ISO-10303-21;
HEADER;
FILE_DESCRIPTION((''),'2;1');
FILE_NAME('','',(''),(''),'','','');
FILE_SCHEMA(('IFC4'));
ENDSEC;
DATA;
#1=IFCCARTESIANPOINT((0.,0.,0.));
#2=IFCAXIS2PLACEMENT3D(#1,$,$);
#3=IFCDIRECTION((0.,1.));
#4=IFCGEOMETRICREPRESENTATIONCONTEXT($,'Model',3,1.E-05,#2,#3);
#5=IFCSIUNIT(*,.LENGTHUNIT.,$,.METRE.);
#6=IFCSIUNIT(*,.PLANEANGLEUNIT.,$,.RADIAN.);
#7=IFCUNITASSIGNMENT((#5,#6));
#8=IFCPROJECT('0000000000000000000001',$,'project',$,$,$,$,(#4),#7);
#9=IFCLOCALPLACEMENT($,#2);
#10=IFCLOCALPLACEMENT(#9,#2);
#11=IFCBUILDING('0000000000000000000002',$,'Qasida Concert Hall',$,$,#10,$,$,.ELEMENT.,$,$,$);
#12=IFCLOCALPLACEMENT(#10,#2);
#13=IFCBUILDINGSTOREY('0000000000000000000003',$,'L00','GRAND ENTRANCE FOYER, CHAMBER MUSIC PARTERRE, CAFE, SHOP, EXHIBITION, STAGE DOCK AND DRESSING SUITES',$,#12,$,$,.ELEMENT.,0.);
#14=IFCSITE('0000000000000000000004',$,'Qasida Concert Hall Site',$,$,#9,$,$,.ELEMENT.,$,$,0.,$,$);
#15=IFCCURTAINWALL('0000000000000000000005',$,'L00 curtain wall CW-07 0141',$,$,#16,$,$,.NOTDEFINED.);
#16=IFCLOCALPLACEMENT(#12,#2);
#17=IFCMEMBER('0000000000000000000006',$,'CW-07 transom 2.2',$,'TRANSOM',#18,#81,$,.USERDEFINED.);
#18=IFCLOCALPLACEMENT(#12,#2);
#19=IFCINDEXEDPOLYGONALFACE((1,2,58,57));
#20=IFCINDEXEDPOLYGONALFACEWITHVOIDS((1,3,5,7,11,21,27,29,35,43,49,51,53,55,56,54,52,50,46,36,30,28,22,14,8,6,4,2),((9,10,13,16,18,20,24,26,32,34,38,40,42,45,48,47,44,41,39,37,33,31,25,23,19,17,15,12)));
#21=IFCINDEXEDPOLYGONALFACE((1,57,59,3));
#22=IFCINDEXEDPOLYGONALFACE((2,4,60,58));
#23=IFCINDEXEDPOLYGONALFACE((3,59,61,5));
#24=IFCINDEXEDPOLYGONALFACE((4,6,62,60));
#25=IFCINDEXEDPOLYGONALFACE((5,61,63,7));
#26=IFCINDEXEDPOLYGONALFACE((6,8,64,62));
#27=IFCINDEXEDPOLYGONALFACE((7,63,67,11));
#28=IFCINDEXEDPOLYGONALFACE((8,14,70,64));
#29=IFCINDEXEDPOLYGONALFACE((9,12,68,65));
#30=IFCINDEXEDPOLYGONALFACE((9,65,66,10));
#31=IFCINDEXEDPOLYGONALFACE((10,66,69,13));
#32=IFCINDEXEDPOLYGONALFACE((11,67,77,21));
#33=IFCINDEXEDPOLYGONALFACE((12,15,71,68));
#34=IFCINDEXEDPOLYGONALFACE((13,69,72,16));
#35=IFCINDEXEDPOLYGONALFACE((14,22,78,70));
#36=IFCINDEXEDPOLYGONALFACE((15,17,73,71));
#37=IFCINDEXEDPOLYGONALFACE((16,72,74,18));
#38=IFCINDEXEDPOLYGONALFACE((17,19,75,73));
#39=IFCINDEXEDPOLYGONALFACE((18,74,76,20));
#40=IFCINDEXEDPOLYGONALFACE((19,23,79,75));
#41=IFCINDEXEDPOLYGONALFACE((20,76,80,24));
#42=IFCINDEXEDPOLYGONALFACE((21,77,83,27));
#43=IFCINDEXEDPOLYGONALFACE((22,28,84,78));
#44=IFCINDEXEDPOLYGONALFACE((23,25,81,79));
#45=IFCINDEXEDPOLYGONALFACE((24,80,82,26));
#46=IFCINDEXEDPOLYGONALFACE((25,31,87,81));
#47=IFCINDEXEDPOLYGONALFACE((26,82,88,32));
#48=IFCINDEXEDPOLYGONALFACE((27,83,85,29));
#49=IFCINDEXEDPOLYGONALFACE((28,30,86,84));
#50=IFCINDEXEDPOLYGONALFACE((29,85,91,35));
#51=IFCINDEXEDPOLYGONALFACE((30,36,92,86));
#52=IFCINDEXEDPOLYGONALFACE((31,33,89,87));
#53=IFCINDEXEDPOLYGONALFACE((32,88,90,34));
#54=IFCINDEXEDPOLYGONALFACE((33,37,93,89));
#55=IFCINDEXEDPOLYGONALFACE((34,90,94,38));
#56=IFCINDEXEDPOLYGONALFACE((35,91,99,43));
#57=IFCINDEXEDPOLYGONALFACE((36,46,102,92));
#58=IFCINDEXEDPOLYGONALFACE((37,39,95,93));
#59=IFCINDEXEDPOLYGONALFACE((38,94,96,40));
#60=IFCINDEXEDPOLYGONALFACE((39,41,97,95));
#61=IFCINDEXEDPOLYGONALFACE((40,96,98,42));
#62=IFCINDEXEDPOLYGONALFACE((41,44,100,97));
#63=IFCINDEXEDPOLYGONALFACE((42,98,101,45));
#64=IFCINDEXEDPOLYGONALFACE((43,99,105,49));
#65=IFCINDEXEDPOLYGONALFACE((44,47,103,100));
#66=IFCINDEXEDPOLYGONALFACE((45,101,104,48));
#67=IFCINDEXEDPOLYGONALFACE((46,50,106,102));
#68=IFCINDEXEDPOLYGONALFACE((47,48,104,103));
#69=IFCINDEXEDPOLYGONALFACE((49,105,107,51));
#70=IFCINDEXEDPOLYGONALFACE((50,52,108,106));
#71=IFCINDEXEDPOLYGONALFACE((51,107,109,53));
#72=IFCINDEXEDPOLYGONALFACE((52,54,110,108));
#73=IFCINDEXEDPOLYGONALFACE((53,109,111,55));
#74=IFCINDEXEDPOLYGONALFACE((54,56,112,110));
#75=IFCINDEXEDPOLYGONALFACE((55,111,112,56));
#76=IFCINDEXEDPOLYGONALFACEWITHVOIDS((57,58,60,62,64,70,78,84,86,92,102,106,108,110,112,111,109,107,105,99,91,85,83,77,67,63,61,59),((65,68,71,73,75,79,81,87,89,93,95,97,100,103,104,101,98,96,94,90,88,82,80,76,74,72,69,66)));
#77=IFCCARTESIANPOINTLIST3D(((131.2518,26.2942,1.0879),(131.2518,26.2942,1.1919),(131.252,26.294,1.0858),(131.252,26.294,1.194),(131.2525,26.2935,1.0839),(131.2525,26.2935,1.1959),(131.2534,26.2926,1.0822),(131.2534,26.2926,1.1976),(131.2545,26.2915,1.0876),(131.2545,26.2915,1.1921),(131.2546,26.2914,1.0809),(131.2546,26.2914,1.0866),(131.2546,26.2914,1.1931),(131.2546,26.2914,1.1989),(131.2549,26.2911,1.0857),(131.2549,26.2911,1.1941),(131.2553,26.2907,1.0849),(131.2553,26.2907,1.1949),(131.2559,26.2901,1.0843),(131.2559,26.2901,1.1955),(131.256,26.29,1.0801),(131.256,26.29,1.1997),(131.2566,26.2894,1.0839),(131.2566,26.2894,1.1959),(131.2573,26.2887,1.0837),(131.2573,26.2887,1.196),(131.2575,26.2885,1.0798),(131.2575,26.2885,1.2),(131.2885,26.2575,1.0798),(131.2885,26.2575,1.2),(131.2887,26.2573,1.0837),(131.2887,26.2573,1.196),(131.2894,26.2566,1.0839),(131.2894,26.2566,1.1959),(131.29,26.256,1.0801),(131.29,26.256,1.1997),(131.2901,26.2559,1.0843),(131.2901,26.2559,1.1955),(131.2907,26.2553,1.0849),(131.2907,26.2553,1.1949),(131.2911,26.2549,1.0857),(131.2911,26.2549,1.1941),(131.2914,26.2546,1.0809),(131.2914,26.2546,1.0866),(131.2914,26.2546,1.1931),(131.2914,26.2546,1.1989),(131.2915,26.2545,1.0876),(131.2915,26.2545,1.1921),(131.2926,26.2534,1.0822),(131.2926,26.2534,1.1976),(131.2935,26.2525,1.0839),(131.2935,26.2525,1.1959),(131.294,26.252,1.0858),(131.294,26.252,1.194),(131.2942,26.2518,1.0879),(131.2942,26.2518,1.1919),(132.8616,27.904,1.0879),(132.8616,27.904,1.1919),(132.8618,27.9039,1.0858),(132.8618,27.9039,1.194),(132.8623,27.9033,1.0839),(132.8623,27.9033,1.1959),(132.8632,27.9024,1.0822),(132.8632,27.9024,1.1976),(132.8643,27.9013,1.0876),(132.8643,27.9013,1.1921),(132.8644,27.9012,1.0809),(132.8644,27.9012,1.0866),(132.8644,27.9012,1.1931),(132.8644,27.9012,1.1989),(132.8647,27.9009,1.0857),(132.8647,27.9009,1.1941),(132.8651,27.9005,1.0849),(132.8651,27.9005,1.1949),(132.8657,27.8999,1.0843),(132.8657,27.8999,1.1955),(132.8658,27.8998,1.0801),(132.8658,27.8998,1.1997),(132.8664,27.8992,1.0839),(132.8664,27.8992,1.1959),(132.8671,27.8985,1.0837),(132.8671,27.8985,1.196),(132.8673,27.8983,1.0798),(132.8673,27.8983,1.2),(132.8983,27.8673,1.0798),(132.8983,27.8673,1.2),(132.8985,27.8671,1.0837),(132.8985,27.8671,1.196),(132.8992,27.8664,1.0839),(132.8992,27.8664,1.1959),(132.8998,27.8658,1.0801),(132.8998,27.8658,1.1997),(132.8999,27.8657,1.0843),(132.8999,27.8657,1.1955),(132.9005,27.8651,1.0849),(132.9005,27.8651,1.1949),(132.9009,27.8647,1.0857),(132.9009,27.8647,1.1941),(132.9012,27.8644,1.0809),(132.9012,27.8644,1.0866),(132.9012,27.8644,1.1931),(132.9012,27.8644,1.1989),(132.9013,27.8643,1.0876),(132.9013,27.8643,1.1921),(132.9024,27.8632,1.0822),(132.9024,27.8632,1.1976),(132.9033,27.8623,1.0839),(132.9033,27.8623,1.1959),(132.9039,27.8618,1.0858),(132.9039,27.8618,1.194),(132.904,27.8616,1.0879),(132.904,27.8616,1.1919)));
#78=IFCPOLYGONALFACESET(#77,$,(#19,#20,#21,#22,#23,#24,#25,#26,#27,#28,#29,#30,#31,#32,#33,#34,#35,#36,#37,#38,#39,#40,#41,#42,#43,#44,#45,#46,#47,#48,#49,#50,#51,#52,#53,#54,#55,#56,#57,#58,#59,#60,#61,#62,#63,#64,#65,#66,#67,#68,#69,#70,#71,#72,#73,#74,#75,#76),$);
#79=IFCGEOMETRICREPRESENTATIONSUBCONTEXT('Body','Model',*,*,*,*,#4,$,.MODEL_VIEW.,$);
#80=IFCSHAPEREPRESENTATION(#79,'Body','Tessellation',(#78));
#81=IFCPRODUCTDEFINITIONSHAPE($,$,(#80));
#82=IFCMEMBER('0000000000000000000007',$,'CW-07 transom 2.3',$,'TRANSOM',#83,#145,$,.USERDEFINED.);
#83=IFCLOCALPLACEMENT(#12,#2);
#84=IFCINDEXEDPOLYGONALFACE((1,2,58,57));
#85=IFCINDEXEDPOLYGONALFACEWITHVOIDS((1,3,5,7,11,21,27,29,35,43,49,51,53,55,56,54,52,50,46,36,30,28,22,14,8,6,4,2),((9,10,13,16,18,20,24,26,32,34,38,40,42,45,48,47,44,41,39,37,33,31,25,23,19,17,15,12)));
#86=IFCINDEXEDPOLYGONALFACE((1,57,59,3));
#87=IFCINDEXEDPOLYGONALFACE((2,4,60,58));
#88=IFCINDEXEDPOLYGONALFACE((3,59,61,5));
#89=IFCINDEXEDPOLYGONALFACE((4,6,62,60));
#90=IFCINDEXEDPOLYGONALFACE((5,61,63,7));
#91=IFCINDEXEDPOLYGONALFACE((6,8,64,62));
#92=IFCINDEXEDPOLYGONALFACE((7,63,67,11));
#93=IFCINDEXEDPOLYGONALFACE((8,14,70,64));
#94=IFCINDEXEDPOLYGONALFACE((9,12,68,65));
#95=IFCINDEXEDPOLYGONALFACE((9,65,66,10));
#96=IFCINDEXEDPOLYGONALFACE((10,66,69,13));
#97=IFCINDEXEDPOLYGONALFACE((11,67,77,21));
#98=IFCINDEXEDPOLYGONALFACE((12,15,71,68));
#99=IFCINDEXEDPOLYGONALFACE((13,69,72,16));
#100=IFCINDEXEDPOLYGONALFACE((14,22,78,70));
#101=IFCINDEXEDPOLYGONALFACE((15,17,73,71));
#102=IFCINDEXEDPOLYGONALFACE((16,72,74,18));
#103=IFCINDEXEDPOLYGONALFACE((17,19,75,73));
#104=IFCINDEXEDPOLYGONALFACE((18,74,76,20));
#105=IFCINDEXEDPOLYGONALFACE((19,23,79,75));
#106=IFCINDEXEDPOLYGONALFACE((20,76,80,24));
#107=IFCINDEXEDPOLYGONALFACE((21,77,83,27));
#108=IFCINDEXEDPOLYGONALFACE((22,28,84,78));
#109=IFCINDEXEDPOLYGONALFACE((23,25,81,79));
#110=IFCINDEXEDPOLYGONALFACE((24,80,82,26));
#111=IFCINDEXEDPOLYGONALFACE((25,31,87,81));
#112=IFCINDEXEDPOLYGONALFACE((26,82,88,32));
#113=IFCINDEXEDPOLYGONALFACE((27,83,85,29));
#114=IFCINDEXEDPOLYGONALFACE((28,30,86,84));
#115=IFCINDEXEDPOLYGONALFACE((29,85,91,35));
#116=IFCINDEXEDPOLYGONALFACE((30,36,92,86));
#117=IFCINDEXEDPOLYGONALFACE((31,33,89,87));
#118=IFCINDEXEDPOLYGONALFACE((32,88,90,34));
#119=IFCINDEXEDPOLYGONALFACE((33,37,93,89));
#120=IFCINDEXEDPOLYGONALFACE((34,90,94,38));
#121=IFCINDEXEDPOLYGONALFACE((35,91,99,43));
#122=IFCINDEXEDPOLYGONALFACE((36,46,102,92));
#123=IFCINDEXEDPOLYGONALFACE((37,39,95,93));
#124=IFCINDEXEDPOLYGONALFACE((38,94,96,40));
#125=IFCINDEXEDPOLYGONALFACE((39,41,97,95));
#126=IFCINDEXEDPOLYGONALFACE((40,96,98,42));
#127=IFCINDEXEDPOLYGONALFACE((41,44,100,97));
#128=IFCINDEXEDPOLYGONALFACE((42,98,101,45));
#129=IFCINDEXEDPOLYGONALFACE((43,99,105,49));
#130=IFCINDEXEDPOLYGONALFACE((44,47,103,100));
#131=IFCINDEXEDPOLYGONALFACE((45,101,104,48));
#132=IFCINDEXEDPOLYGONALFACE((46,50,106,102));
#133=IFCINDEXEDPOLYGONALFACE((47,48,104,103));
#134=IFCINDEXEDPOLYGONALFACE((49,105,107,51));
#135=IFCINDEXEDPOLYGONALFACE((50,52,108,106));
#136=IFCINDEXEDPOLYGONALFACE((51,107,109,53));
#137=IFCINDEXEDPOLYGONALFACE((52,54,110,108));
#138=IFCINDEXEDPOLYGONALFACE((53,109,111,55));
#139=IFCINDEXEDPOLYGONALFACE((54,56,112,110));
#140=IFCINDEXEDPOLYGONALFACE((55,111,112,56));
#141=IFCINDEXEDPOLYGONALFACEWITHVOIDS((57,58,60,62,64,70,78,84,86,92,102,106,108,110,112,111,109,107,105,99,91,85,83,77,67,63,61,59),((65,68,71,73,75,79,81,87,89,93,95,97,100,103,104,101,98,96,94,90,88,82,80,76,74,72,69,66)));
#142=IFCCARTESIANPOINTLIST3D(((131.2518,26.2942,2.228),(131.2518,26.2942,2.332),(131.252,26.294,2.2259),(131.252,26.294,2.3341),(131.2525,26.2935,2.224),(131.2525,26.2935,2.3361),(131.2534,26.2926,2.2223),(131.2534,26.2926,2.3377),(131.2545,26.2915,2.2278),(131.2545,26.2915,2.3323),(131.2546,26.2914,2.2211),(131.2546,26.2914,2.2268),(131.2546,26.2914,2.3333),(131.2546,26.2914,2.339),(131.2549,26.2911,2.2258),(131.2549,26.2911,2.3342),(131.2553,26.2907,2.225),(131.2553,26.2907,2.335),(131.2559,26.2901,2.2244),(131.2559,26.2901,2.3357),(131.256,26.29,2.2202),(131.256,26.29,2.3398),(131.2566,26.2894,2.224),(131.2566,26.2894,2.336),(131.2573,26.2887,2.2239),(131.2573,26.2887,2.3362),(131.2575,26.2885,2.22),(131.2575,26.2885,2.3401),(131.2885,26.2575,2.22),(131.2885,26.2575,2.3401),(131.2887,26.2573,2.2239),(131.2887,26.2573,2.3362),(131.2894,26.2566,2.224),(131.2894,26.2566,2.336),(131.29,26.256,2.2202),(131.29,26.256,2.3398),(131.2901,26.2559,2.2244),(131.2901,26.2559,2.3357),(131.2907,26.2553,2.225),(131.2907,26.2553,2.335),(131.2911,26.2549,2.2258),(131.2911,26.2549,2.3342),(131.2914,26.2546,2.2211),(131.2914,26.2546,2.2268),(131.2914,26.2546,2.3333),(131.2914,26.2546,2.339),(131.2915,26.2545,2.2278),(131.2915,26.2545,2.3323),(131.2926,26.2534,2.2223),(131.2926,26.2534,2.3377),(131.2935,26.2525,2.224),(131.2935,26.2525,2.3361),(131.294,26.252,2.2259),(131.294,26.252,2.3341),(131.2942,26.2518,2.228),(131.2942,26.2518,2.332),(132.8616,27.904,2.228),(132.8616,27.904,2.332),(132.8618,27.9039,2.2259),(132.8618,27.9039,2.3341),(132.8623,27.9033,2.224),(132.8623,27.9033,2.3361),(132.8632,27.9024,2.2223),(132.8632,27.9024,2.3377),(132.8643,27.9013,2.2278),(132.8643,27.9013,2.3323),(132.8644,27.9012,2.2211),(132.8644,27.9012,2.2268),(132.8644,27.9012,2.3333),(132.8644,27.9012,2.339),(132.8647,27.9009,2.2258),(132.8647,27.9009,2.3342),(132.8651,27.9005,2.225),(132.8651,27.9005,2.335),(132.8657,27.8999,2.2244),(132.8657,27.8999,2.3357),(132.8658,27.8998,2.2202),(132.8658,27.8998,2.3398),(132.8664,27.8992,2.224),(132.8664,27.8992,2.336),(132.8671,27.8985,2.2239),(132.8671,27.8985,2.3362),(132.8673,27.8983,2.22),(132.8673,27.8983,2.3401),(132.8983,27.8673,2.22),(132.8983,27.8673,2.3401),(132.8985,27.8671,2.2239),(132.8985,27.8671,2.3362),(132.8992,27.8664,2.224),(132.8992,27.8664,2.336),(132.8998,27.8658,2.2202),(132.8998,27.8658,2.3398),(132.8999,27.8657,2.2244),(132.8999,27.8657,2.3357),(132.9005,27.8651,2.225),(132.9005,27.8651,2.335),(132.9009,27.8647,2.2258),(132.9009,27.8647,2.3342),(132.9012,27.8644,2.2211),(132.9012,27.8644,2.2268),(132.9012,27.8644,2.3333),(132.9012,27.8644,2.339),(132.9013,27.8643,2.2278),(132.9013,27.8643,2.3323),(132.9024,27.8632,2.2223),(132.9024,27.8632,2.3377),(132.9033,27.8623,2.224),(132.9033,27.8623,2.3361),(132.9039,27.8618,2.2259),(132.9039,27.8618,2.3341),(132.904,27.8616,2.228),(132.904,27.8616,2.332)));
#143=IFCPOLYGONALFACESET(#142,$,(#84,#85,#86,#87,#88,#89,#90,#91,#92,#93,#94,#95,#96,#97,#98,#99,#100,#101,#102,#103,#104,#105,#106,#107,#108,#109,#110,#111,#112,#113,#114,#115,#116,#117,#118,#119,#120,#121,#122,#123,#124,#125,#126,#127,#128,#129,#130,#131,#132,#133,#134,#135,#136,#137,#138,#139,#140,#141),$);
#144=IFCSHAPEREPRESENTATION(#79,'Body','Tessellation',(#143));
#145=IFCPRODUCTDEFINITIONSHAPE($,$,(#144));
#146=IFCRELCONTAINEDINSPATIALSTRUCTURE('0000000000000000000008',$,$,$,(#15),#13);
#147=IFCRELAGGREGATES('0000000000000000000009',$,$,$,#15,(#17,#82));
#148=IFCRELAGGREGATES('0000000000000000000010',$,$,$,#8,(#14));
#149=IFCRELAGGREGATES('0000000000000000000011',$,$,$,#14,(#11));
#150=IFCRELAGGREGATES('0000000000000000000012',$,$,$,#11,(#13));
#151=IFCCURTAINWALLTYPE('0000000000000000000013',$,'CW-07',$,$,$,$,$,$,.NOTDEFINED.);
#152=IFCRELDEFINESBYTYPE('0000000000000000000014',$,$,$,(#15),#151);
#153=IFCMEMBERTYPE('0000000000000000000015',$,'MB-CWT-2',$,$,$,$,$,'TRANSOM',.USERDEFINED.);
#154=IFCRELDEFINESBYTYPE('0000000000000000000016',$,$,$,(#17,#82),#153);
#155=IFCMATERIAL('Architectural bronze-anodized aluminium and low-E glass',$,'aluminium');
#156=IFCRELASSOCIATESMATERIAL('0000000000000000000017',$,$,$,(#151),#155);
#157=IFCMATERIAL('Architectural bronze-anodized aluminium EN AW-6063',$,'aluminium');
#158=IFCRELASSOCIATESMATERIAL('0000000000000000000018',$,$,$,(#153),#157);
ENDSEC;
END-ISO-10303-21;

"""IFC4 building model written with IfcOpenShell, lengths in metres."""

from ifc_helpers import new_model, si_unit, direction, frame, origin, origin_2d, place, context, subcontext, project, spatial, hollow_rectangle, extrude, material, material_profile, profile_set, type_object, element, aggregate, save


model = new_model("IFC4")

# Units and contexts
model_context = context("Model", 3, precision=1e-05, world=origin(), true_north=direction((0.0, 1.0)))
body_context = subcontext(model_context, "Body", "Model", "MODEL_VIEW")
ifc_project = project(units=[si_unit("LENGTHUNIT", "METRE"), si_unit("PLANEANGLEUNIT", "RADIAN")], contexts=[model_context])

# Site, building, storey
site_placement = place(None, origin())
site = spatial("IfcSite", under=ifc_project, at=site_placement, Name="Qasida Concert Hall Site", CompositionType="ELEMENT", RefElevation=0.0)
building_placement = place(site_placement, origin())
building = spatial("IfcBuilding", under=site, at=building_placement, Name="Qasida Concert Hall", CompositionType="ELEMENT")
storey_placement = place(building_placement, origin())
storey = spatial("IfcBuildingStorey", under=building, at=storey_placement, Name="L00", Description="GRAND ENTRANCE FOYER, CHAMBER MUSIC PARTERRE, CAFE, SHOP, EXHIBITION, STAGE DOCK AND DRESSING SUITES", CompositionType="ELEMENT", Elevation=0.0)

# Curtain wall, members
ifc_material_1 = material(Name="Architectural bronze-anodized aluminium and low-E glass", Category="aluminium")
curtain_wall_type = type_object("IfcCurtainWallType", Name="CW-07", PredefinedType="NOTDEFINED", material=ifc_material_1)
curtain_wall_placement = place(storey_placement, origin())
curtain_wall = element("IfcCurtainWall", 1, at=curtain_wall_placement, inside=storey, type_object=curtain_wall_type, Name="L00 curtain wall CW-07 0141", PredefinedType="NOTDEFINED")
ifc_material_2 = material(Name="Architectural bronze-anodized aluminium EN AW-6063", Category="aluminium")
ifc_material_profile_1 = material_profile(ifc_material_2, hollow_rectangle(XDim=0.0601, YDim=0.1201, WallThickness=0.0039, InnerFilletRadius=0.0039, OuterFilletRadius=0.0081, at=origin_2d()), Name="CWT 120x60x4")
ifc_profile_set_1 = profile_set([ifc_material_profile_1], Name="Architectural bronze-anodized aluminium EN AW-6063")
member_type_1 = type_object("IfcMemberType", Name="MB-CWT-2", ElementType="TRANSOM", PredefinedType="USERDEFINED", material=ifc_profile_set_1)
member_1_placement = place(storey_placement, frame((132.8828, 27.8828, 1.1399), z_axis=(-0.707107, -0.707107, 0.0), x_axis=(0.707107, -0.707107, 0.0)))
member_1 = element("IfcMember", 2, at=member_1_placement, type_object=member_type_1, Name="CW-07 transom 2.2", ObjectType="TRANSOM", PredefinedType="USERDEFINED", context=body_context, shape_type="SweptSolid", body=[
    extrude(hollow_rectangle(XDim=0.0601, YDim=0.1201, WallThickness=0.0039, InnerFilletRadius=0.0039, OuterFilletRadius=0.0081, at=origin_2d()), origin(), (0.0, 0.0, 1.0), 2.2766),
])
member_2_placement = place(storey_placement, frame((132.8828, 27.8828, 2.28), z_axis=(-0.707107, -0.707107, 0.0), x_axis=(0.707107, -0.707107, 0.0)))
member_2 = element("IfcMember", 3, at=member_2_placement, type_object=member_type_1, Name="CW-07 transom 2.3", ObjectType="TRANSOM", PredefinedType="USERDEFINED", context=body_context, shape_type="SweptSolid", body=[
    extrude(hollow_rectangle(XDim=0.0601, YDim=0.1201, WallThickness=0.0039, InnerFilletRadius=0.0039, OuterFilletRadius=0.0081, at=origin_2d()), origin(), (0.0, 0.0, 1.0), 2.2766),
])
aggregate(curtain_wall, [member_1, member_2])

save(model, "model.ifc")
